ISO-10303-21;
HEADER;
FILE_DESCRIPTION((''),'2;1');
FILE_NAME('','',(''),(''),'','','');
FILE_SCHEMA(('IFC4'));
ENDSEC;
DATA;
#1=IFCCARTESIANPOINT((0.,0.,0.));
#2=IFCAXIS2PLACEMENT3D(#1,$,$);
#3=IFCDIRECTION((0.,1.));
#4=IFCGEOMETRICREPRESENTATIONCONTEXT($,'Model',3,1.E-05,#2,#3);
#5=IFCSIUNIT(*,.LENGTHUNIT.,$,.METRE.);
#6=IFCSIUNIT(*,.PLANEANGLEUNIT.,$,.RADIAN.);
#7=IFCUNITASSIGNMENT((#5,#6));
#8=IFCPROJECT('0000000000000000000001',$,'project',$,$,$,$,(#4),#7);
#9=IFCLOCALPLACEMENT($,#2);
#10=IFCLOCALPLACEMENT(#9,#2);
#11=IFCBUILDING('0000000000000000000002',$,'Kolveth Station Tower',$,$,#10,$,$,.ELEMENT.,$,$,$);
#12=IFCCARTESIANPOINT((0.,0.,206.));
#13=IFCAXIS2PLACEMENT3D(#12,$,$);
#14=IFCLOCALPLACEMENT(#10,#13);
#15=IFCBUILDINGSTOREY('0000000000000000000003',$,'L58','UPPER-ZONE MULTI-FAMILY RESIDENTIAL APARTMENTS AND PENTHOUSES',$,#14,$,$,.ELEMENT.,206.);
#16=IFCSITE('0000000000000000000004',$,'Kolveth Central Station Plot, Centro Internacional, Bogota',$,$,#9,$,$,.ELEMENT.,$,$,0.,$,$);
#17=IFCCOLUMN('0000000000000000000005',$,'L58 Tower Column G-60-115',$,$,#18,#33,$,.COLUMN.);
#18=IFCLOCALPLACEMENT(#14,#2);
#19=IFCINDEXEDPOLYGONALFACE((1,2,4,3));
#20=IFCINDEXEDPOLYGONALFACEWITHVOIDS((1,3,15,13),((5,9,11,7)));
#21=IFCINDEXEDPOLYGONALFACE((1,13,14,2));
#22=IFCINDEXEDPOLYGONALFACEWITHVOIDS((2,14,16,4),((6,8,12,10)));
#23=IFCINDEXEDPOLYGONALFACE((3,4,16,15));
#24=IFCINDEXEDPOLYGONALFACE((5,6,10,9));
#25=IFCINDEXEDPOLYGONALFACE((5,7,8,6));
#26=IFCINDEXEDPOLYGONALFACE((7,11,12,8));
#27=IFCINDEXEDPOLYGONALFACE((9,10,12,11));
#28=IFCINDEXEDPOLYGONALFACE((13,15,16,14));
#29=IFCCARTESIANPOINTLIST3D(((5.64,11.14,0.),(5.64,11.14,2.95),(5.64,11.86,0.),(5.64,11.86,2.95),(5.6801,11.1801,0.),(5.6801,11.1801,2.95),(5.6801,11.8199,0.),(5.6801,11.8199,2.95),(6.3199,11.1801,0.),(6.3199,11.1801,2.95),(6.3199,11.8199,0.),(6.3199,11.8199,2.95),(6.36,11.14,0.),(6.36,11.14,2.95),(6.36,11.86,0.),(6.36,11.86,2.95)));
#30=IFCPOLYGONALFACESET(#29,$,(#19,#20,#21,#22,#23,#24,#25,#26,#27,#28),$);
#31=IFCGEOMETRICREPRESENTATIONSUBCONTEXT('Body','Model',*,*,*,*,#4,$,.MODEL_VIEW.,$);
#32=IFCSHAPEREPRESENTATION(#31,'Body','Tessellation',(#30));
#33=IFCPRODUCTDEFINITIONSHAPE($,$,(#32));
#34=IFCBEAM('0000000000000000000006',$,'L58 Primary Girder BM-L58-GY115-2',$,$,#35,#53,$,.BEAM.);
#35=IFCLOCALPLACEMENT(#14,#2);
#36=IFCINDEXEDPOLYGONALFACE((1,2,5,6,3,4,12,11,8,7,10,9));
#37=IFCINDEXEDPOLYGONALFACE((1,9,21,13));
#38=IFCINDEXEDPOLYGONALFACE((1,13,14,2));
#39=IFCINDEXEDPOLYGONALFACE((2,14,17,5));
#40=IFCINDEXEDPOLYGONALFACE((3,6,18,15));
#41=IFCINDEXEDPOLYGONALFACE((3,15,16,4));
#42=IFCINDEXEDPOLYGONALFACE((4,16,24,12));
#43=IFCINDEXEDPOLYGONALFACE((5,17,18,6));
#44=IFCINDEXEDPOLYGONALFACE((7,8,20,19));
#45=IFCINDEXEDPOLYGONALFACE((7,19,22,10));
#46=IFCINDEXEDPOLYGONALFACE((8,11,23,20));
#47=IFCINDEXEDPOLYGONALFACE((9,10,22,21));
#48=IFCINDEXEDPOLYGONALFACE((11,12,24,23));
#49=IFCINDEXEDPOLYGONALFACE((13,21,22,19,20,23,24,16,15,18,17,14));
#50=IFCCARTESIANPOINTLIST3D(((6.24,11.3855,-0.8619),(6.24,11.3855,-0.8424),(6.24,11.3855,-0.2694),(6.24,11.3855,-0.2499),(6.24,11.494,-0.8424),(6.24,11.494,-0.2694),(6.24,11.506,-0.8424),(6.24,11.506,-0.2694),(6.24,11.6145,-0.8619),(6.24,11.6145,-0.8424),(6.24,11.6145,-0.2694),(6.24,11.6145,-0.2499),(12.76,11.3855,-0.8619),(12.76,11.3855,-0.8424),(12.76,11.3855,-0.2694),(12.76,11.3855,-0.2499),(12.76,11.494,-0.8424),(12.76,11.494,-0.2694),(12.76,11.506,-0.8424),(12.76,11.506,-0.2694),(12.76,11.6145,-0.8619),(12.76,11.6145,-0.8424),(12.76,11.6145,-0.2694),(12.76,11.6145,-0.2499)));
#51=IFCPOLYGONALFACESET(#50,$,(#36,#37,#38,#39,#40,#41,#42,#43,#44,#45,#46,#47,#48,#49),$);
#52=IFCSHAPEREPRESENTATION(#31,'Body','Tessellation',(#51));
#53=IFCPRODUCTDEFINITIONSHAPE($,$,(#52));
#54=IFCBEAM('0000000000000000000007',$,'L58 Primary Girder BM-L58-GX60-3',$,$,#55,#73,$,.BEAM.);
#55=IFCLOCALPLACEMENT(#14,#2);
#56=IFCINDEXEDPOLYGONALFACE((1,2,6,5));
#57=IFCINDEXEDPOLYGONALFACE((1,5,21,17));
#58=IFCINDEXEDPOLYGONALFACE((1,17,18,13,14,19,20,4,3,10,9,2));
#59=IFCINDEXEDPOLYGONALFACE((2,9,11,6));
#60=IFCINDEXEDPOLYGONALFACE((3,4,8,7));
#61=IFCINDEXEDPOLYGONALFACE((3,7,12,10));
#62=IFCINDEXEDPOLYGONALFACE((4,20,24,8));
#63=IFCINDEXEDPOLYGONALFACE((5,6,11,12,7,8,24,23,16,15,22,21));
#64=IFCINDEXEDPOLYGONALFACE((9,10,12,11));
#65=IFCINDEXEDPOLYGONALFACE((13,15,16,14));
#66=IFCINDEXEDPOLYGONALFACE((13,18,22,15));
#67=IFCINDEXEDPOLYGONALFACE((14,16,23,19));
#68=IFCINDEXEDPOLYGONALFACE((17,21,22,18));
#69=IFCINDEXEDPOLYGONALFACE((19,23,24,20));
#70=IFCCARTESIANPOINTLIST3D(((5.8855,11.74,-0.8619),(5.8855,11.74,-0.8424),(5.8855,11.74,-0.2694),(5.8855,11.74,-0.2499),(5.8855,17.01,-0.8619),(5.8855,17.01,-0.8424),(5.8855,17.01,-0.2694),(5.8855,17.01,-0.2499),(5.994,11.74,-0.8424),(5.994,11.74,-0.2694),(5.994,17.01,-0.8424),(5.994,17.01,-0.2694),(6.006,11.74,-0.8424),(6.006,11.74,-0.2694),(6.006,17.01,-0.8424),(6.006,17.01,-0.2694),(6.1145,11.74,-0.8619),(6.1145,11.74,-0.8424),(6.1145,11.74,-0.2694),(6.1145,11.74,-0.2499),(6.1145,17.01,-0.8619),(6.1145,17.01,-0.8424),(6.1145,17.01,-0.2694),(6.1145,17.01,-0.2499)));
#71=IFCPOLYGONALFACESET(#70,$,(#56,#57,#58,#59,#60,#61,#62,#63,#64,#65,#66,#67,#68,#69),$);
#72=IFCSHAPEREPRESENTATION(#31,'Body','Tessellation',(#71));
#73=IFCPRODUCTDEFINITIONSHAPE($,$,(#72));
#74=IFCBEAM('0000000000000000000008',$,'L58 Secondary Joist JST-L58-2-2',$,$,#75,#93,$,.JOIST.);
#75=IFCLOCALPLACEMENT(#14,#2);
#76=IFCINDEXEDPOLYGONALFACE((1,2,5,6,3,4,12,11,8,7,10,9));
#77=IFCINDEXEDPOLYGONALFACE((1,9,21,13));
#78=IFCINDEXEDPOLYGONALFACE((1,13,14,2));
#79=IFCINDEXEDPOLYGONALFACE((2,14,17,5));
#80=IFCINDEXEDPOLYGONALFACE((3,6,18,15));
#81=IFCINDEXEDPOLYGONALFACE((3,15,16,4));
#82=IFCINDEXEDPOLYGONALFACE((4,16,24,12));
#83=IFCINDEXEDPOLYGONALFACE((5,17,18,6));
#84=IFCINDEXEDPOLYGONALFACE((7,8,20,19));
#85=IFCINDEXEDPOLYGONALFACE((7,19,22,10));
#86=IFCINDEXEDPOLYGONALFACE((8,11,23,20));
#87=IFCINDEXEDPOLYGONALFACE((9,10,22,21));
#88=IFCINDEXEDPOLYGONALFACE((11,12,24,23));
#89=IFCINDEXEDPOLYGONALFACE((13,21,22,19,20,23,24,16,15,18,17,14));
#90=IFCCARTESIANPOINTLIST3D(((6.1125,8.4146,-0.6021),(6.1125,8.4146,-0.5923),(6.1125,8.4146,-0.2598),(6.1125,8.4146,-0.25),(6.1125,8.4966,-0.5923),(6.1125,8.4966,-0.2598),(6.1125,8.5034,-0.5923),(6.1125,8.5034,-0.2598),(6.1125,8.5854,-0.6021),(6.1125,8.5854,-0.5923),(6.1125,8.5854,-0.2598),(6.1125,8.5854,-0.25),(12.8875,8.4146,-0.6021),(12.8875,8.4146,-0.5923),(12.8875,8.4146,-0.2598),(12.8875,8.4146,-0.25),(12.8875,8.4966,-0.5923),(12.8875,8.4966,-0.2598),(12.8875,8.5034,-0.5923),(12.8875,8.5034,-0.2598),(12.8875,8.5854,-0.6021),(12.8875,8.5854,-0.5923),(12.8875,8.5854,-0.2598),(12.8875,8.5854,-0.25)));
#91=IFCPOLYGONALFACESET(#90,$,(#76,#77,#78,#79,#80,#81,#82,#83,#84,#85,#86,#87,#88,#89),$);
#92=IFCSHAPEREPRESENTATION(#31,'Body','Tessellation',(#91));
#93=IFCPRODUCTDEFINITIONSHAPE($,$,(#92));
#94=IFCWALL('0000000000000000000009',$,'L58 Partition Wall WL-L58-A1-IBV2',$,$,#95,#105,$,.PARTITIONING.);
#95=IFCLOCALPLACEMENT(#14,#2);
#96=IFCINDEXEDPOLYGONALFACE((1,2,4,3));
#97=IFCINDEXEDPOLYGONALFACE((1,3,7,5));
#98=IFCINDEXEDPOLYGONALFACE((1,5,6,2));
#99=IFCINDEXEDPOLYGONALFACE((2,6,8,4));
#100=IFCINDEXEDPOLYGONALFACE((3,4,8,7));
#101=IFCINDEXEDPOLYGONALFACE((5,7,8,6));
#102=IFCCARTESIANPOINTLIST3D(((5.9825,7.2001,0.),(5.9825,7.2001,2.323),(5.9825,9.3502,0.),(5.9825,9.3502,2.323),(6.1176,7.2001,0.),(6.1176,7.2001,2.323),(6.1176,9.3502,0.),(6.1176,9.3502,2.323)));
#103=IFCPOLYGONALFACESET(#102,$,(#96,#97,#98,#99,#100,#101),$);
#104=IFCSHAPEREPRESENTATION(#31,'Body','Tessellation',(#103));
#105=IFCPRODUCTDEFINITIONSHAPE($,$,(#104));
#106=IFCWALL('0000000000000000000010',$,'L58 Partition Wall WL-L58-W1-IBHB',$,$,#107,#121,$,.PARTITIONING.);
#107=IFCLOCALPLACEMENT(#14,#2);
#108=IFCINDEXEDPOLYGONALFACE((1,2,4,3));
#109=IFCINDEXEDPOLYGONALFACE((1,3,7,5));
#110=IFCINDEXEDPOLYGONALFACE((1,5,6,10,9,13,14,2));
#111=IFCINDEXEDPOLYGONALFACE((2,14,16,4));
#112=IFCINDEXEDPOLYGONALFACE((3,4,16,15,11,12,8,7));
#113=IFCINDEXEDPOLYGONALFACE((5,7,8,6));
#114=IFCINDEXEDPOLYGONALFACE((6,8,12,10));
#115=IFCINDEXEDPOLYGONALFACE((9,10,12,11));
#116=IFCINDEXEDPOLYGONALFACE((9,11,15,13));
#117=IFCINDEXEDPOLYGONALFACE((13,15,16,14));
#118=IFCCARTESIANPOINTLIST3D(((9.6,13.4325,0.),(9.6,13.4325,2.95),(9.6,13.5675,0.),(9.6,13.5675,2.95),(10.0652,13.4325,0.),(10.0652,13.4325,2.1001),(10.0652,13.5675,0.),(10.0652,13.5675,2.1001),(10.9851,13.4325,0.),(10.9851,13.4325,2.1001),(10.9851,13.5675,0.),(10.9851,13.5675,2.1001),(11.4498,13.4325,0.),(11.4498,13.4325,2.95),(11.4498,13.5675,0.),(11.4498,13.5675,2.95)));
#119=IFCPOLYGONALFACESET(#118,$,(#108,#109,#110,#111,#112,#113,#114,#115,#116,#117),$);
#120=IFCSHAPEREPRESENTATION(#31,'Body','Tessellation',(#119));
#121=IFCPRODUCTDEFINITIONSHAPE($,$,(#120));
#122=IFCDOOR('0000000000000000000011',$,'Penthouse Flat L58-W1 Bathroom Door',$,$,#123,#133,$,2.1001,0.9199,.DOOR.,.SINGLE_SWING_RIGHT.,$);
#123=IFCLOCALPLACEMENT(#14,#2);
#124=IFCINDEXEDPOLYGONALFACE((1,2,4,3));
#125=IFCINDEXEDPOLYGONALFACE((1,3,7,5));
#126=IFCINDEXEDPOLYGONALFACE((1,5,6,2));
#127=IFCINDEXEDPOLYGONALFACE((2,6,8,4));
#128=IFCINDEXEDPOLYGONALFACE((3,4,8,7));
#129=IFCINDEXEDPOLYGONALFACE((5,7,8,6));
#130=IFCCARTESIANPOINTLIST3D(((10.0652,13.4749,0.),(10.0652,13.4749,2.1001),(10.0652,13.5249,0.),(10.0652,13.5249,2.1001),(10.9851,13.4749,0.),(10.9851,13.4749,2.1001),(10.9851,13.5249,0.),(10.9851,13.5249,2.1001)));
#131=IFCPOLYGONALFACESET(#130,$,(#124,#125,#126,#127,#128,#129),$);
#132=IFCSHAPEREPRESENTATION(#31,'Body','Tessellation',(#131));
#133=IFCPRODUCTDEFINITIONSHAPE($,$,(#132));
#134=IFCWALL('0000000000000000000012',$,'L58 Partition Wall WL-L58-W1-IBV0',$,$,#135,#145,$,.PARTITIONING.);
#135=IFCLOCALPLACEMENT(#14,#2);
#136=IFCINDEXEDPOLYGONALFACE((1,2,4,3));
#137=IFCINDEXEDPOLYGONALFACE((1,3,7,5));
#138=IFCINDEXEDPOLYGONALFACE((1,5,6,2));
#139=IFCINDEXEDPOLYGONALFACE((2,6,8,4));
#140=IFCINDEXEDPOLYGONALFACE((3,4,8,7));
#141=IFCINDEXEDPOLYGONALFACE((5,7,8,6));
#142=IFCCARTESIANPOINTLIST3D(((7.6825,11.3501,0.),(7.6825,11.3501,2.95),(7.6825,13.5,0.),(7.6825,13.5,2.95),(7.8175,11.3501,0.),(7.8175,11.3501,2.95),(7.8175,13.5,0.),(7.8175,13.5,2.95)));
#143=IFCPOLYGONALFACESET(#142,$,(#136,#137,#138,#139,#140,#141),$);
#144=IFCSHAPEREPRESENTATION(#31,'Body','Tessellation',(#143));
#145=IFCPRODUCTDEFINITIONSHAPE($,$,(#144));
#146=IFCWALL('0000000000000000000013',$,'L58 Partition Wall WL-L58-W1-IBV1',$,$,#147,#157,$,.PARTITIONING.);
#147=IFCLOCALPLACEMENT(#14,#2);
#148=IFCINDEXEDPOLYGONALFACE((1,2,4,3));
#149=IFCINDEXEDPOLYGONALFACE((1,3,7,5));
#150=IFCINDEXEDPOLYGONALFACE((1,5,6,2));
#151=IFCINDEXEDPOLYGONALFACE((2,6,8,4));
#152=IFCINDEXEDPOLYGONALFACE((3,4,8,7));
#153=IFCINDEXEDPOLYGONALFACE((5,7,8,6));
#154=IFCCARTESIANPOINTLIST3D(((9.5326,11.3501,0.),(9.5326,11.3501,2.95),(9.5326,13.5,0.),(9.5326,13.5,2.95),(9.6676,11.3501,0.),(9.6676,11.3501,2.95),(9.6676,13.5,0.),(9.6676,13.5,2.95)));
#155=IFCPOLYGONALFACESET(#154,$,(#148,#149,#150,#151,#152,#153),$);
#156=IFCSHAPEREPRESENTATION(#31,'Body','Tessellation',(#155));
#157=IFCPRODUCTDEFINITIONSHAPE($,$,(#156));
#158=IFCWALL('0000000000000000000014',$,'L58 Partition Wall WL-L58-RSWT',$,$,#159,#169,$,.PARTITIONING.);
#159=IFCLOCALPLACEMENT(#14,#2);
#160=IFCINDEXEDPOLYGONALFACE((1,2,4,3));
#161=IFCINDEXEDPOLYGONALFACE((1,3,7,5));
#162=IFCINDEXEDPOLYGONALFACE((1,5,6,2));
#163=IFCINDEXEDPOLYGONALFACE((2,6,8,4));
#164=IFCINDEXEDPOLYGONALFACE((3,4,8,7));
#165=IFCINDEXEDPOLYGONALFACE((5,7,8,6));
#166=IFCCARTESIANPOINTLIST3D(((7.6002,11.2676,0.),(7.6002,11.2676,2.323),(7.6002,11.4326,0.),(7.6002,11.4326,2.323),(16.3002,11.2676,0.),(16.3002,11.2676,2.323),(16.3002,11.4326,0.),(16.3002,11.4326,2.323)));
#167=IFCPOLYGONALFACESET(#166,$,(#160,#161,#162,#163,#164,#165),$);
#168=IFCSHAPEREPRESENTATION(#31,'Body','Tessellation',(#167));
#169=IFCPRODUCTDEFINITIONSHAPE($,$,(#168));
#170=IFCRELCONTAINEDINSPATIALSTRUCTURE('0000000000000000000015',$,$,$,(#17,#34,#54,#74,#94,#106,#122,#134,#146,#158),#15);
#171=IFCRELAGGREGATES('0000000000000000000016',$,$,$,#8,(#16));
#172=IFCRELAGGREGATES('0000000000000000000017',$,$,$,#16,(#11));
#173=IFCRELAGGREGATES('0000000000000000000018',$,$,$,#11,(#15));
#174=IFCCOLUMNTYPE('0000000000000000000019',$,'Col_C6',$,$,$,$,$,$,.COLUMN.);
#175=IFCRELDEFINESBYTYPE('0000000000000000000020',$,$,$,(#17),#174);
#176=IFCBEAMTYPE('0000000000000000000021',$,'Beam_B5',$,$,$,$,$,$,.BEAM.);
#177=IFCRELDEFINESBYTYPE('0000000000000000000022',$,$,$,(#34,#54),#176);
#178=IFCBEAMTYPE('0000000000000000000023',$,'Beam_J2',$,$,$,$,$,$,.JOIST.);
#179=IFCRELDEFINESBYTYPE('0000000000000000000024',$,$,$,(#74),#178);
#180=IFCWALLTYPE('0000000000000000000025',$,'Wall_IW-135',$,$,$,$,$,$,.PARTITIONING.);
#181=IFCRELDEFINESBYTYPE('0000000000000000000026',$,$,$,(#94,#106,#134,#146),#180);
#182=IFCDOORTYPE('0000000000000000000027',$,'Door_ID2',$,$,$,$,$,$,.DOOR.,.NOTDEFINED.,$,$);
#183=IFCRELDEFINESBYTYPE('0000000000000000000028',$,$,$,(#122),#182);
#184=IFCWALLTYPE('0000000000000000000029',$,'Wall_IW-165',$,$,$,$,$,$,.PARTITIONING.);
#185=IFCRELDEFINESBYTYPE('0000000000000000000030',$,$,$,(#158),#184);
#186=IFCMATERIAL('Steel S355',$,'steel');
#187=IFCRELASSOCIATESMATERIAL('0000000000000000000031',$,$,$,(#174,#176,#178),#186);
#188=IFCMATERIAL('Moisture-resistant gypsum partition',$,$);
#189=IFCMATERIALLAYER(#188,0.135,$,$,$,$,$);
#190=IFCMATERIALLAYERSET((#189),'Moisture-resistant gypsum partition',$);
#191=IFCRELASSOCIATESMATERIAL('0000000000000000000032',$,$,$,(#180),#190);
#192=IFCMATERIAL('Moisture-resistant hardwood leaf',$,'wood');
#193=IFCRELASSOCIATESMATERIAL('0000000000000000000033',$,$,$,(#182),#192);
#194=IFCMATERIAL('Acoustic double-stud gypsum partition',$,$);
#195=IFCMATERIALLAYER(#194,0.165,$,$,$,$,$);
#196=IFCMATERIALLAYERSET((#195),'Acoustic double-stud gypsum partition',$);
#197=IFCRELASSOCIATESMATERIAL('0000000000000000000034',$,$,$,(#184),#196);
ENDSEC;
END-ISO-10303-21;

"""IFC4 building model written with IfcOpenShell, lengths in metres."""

from ifc_helpers import new_model, si_unit, direction, frame, frame_2d, origin, origin_2d, place, context, subcontext, project, spatial, rectangle, hollow_rectangle, i_section, extrude, source, transform, mapped, material, layer, layer_set, material_profile, profile_set, type_object, element, fill, save


model = new_model("IFC4")

# Units and contexts
model_context = context("Model", 3, precision=1e-05, world=origin(), true_north=direction((0.0, 1.0)))
body_context = subcontext(model_context, "Body", "Model", "MODEL_VIEW")
ifc_project = project(units=[si_unit("LENGTHUNIT", "METRE"), si_unit("PLANEANGLEUNIT", "RADIAN")], contexts=[model_context])

# Site, building, storey
site_placement = place(None, origin())
site = spatial("IfcSite", under=ifc_project, at=site_placement, Name="Kolveth Central Station Plot, Centro Internacional, Bogota", CompositionType="ELEMENT", RefElevation=0.0)
building_placement = place(site_placement, origin())
building = spatial("IfcBuilding", under=site, at=building_placement, Name="Kolveth Station Tower", CompositionType="ELEMENT")
storey_placement = place(building_placement, frame((0.0, 0.0, 206.0)))
storey = spatial("IfcBuildingStorey", under=building, at=storey_placement, Name="L58", Description="UPPER-ZONE MULTI-FAMILY RESIDENTIAL APARTMENTS AND PENTHOUSES", CompositionType="ELEMENT", Elevation=206.0)

# Column
ifc_material_1 = material(Name="Steel S355", Category="steel")
ifc_material_profile_1 = material_profile(ifc_material_1, hollow_rectangle(XDim=0.72, YDim=0.72, WallThickness=0.04, at=origin_2d()), Name="BOX720x720x40")
ifc_profile_set_1 = profile_set([ifc_material_profile_1], Name="Steel S355")
column_type = type_object("IfcColumnType", Name="Col_C6", PredefinedType="COLUMN", material=ifc_profile_set_1)
shared_shape_1 = source(origin(), body_context, "Body", "SweptSolid", [
    extrude(hollow_rectangle(XDim=0.72, YDim=0.72, WallThickness=0.04, at=origin_2d()), origin(), (0.0, 0.0, 1.0), 2.95),
])
column_placement = place(storey_placement, frame((6.0, 11.5, 0.0), z_axis=(0.0, 0.0, 1.0), x_axis=(1.0, 0.0, 0.0)))
element("IfcColumn", 1, at=column_placement, inside=storey, type_object=column_type, Name="L58 Tower Column G-60-115", PredefinedType="COLUMN", context=body_context, shape_type="MappedRepresentation", body=[
    mapped(shared_shape_1, transform((0.0, 0.0, 0.0), x_axis=(1.0, 0.0, 0.0), y_axis=(0.0, 1.0, 0.0), z_axis=(0.0, 0.0, 1.0), scale=1.0)),
])

# Beams
ifc_material_profile_2 = material_profile(ifc_material_1, i_section(OverallWidth=0.229, OverallDepth=0.6121, WebThickness=0.012, FlangeThickness=0.0195, at=origin_2d()), Name="W610x125")
ifc_profile_set_2 = profile_set([ifc_material_profile_2], Name="Steel S355")
beam_type_1 = type_object("IfcBeamType", Name="Beam_B5", PredefinedType="BEAM", material=ifc_profile_set_2)
shared_shape_2 = source(origin(), body_context, "Body", "SweptSolid", [
    extrude(i_section(OverallWidth=0.229, OverallDepth=0.6121, WebThickness=0.012, FlangeThickness=0.0195, at=origin_2d()), origin(), (0.0, 0.0, 1.0), 6.52),
])
beam_1_placement = place(storey_placement, frame((6.24, 11.5, -0.5559), z_axis=(1.0, 0.0, 0.0), x_axis=(0.0, 1.0, 0.0)))
element("IfcBeam", 2, at=beam_1_placement, inside=storey, type_object=beam_type_1, Name="L58 Primary Girder BM-L58-GY115-2", PredefinedType="BEAM", context=body_context, shape_type="MappedRepresentation", body=[
    mapped(shared_shape_2, transform((0.0, 0.0, 0.0), x_axis=(1.0, 0.0, 0.0), y_axis=(0.0, 1.0, 0.0), z_axis=(0.0, 0.0, 1.0), scale=1.0)),
])
shared_shape_3 = source(origin(), body_context, "Body", "SweptSolid", [
    extrude(i_section(OverallWidth=0.229, OverallDepth=0.6121, WebThickness=0.012, FlangeThickness=0.0195, at=origin_2d()), origin(), (0.0, 0.0, 1.0), 5.27),
])
beam_2_placement = place(storey_placement, frame((6.0, 11.74, -0.5559), z_axis=(0.0, 1.0, 0.0), x_axis=(-1.0, 0.0, 0.0)))
element("IfcBeam", 3, at=beam_2_placement, inside=storey, type_object=beam_type_1, Name="L58 Primary Girder BM-L58-GX60-3", PredefinedType="BEAM", context=body_context, shape_type="MappedRepresentation", body=[
    mapped(shared_shape_3, transform((0.0, 0.0, 0.0), x_axis=(1.0, 0.0, 0.0), y_axis=(0.0, 1.0, 0.0), z_axis=(0.0, 0.0, 1.0), scale=1.0)),
])
ifc_material_profile_3 = material_profile(ifc_material_1, i_section(OverallWidth=0.1709, OverallDepth=0.3521, WebThickness=0.0068, FlangeThickness=0.0098, at=origin_2d()), Name="W360x44")
ifc_profile_set_3 = profile_set([ifc_material_profile_3], Name="Steel S355")
beam_type_2 = type_object("IfcBeamType", Name="Beam_J2", PredefinedType="JOIST", material=ifc_profile_set_3)
shared_shape_4 = source(origin(), body_context, "Body", "SweptSolid", [
    extrude(i_section(OverallWidth=0.1709, OverallDepth=0.3521, WebThickness=0.0068, FlangeThickness=0.0098, at=origin_2d()), origin(), (0.0, 0.0, 1.0), 6.7749),
])
beam_3_placement = place(storey_placement, frame((6.1125, 8.5, -0.426), z_axis=(1.0, 0.0, 0.0), x_axis=(0.0, 1.0, 0.0)))
element("IfcBeam", 4, at=beam_3_placement, inside=storey, type_object=beam_type_2, Name="L58 Secondary Joist JST-L58-2-2", PredefinedType="JOIST", context=body_context, shape_type="MappedRepresentation", body=[
    mapped(shared_shape_4, transform((0.0, 0.0, 0.0), x_axis=(1.0, 0.0, 0.0), y_axis=(0.0, 1.0, 0.0), z_axis=(0.0, 0.0, 1.0), scale=1.0)),
])

# Wall
ifc_material_2 = material(Name="Moisture-resistant gypsum partition")
ifc_layer_1 = layer(ifc_material_2, 0.135)
ifc_layer_set_1 = layer_set([ifc_layer_1], Name="Moisture-resistant gypsum partition")
wall_type_1 = type_object("IfcWallType", Name="Wall_IW-135", PredefinedType="PARTITIONING", material=ifc_layer_set_1)
wall_1_placement = place(storey_placement, frame((6.05, 7.2, 0.0), z_axis=(0.0, 0.0, 1.0), x_axis=(0.0, 1.0, 0.0)))
element("IfcWall", 5, at=wall_1_placement, inside=storey, type_object=wall_type_1, Name="L58 Partition Wall WL-L58-A1-IBV2", PredefinedType="PARTITIONING", context=body_context, shape_type="SweptSolid", body=[
    extrude(rectangle(XDim=2.1501, YDim=0.135, at=frame_2d((1.0752, 0.0))), origin(), (0.0, 0.0, 1.0), 2.323),
])

# Wall, opening, door
wall_2_placement = place(storey_placement, frame((9.6001, 13.5, 0.0), z_axis=(0.0, 0.0, 1.0), x_axis=(1.0, 0.0, 0.0)))
wall_2 = element("IfcWall", 6, at=wall_2_placement, inside=storey, type_object=wall_type_1, Name="L58 Partition Wall WL-L58-W1-IBHB", PredefinedType="PARTITIONING", context=body_context, shape_type="SweptSolid", body=[
    extrude(rectangle(XDim=1.8499, YDim=0.135, at=frame_2d((0.9248, 0.0))), origin(), (0.0, 0.0, 1.0), 2.95),
])
opening_1_placement = place(wall_2_placement, frame((0.4651, 0.0, 0.0)))
opening_1 = element("IfcOpeningElement", 7, at=opening_1_placement, cuts=wall_2, PredefinedType="OPENING", context=body_context, shape_type="SweptSolid", body=[
    extrude(rectangle(XDim=0.9199, YDim=2.1001, at=frame_2d((0.46, 1.05))), frame((0.0, 0.0774, 0.0), z_axis=(0.0, -1.0, 0.0), x_axis=(1.0, 0.0, 0.0)), (0.0, 0.0, 1.0), 0.155),
])
ifc_material_3 = material(Name="Moisture-resistant hardwood leaf", Category="wood")
door_type_1 = type_object("IfcDoorType", Name="Door_ID2", OperationType="NOTDEFINED", PredefinedType="DOOR", material=ifc_material_3)
door_1_placement = place(opening_1_placement, origin())
door_1 = element("IfcDoor", 8, at=door_1_placement, inside=storey, type_object=door_type_1, Name="Penthouse Flat L58-W1 Bathroom Door", OperationType="SINGLE_SWING_RIGHT", OverallHeight=2.1001, OverallWidth=0.9199, PredefinedType="DOOR", context=body_context, shape_type="SweptSolid", body=[
    extrude(rectangle(XDim=0.9199, YDim=2.1001, at=frame_2d((0.46, 1.05))), frame((0.0, 0.0249, 0.0), z_axis=(0.0, -1.0, 0.0), x_axis=(1.0, 0.0, 0.0)), (0.0, 0.0, 1.0), 0.05),
])
fill(opening_1, door_1)

# Walls
for number, where, z_axis, x_axis, name in (
    (9, (7.75, 11.3501, 0.0), (0.0, 0.0, 1.0), (0.0, 1.0, 0.0), "L58 Partition Wall WL-L58-W1-IBV0"),
    (10, (9.6001, 11.3501, 0.0), (0.0, 0.0, 1.0), (0.0, 1.0, 0.0), "L58 Partition Wall WL-L58-W1-IBV1"),
):
    element("IfcWall", number, at=place(storey_placement, frame(where, z_axis=z_axis, x_axis=x_axis)), inside=storey, type_object=wall_type_1, Name=name, PredefinedType="PARTITIONING", context=body_context, shape_type="SweptSolid", body=[
        extrude(rectangle(XDim=2.1499, YDim=0.135, at=frame_2d((1.075, 0.0))), origin(), (0.0, 0.0, 1.0), 2.95),
    ])
ifc_material_4 = material(Name="Acoustic double-stud gypsum partition")
ifc_layer_2 = layer(ifc_material_4, 0.165)
ifc_layer_set_2 = layer_set([ifc_layer_2], Name="Acoustic double-stud gypsum partition")
wall_type_2 = type_object("IfcWallType", Name="Wall_IW-165", PredefinedType="PARTITIONING", material=ifc_layer_set_2)
wall_3_placement = place(storey_placement, frame((7.6001, 11.3501, 0.0), z_axis=(0.0, 0.0, 1.0), x_axis=(1.0, 0.0, 0.0)))
element("IfcWall", 11, at=wall_3_placement, inside=storey, type_object=wall_type_2, Name="L58 Partition Wall WL-L58-RSWT", PredefinedType="PARTITIONING", context=body_context, shape_type="SweptSolid", body=[
    extrude(rectangle(XDim=8.7, YDim=0.165, at=frame_2d((4.3501, 0.0))), origin(), (0.0, 0.0, 1.0), 2.323),
])

save(model, "model.ifc")
